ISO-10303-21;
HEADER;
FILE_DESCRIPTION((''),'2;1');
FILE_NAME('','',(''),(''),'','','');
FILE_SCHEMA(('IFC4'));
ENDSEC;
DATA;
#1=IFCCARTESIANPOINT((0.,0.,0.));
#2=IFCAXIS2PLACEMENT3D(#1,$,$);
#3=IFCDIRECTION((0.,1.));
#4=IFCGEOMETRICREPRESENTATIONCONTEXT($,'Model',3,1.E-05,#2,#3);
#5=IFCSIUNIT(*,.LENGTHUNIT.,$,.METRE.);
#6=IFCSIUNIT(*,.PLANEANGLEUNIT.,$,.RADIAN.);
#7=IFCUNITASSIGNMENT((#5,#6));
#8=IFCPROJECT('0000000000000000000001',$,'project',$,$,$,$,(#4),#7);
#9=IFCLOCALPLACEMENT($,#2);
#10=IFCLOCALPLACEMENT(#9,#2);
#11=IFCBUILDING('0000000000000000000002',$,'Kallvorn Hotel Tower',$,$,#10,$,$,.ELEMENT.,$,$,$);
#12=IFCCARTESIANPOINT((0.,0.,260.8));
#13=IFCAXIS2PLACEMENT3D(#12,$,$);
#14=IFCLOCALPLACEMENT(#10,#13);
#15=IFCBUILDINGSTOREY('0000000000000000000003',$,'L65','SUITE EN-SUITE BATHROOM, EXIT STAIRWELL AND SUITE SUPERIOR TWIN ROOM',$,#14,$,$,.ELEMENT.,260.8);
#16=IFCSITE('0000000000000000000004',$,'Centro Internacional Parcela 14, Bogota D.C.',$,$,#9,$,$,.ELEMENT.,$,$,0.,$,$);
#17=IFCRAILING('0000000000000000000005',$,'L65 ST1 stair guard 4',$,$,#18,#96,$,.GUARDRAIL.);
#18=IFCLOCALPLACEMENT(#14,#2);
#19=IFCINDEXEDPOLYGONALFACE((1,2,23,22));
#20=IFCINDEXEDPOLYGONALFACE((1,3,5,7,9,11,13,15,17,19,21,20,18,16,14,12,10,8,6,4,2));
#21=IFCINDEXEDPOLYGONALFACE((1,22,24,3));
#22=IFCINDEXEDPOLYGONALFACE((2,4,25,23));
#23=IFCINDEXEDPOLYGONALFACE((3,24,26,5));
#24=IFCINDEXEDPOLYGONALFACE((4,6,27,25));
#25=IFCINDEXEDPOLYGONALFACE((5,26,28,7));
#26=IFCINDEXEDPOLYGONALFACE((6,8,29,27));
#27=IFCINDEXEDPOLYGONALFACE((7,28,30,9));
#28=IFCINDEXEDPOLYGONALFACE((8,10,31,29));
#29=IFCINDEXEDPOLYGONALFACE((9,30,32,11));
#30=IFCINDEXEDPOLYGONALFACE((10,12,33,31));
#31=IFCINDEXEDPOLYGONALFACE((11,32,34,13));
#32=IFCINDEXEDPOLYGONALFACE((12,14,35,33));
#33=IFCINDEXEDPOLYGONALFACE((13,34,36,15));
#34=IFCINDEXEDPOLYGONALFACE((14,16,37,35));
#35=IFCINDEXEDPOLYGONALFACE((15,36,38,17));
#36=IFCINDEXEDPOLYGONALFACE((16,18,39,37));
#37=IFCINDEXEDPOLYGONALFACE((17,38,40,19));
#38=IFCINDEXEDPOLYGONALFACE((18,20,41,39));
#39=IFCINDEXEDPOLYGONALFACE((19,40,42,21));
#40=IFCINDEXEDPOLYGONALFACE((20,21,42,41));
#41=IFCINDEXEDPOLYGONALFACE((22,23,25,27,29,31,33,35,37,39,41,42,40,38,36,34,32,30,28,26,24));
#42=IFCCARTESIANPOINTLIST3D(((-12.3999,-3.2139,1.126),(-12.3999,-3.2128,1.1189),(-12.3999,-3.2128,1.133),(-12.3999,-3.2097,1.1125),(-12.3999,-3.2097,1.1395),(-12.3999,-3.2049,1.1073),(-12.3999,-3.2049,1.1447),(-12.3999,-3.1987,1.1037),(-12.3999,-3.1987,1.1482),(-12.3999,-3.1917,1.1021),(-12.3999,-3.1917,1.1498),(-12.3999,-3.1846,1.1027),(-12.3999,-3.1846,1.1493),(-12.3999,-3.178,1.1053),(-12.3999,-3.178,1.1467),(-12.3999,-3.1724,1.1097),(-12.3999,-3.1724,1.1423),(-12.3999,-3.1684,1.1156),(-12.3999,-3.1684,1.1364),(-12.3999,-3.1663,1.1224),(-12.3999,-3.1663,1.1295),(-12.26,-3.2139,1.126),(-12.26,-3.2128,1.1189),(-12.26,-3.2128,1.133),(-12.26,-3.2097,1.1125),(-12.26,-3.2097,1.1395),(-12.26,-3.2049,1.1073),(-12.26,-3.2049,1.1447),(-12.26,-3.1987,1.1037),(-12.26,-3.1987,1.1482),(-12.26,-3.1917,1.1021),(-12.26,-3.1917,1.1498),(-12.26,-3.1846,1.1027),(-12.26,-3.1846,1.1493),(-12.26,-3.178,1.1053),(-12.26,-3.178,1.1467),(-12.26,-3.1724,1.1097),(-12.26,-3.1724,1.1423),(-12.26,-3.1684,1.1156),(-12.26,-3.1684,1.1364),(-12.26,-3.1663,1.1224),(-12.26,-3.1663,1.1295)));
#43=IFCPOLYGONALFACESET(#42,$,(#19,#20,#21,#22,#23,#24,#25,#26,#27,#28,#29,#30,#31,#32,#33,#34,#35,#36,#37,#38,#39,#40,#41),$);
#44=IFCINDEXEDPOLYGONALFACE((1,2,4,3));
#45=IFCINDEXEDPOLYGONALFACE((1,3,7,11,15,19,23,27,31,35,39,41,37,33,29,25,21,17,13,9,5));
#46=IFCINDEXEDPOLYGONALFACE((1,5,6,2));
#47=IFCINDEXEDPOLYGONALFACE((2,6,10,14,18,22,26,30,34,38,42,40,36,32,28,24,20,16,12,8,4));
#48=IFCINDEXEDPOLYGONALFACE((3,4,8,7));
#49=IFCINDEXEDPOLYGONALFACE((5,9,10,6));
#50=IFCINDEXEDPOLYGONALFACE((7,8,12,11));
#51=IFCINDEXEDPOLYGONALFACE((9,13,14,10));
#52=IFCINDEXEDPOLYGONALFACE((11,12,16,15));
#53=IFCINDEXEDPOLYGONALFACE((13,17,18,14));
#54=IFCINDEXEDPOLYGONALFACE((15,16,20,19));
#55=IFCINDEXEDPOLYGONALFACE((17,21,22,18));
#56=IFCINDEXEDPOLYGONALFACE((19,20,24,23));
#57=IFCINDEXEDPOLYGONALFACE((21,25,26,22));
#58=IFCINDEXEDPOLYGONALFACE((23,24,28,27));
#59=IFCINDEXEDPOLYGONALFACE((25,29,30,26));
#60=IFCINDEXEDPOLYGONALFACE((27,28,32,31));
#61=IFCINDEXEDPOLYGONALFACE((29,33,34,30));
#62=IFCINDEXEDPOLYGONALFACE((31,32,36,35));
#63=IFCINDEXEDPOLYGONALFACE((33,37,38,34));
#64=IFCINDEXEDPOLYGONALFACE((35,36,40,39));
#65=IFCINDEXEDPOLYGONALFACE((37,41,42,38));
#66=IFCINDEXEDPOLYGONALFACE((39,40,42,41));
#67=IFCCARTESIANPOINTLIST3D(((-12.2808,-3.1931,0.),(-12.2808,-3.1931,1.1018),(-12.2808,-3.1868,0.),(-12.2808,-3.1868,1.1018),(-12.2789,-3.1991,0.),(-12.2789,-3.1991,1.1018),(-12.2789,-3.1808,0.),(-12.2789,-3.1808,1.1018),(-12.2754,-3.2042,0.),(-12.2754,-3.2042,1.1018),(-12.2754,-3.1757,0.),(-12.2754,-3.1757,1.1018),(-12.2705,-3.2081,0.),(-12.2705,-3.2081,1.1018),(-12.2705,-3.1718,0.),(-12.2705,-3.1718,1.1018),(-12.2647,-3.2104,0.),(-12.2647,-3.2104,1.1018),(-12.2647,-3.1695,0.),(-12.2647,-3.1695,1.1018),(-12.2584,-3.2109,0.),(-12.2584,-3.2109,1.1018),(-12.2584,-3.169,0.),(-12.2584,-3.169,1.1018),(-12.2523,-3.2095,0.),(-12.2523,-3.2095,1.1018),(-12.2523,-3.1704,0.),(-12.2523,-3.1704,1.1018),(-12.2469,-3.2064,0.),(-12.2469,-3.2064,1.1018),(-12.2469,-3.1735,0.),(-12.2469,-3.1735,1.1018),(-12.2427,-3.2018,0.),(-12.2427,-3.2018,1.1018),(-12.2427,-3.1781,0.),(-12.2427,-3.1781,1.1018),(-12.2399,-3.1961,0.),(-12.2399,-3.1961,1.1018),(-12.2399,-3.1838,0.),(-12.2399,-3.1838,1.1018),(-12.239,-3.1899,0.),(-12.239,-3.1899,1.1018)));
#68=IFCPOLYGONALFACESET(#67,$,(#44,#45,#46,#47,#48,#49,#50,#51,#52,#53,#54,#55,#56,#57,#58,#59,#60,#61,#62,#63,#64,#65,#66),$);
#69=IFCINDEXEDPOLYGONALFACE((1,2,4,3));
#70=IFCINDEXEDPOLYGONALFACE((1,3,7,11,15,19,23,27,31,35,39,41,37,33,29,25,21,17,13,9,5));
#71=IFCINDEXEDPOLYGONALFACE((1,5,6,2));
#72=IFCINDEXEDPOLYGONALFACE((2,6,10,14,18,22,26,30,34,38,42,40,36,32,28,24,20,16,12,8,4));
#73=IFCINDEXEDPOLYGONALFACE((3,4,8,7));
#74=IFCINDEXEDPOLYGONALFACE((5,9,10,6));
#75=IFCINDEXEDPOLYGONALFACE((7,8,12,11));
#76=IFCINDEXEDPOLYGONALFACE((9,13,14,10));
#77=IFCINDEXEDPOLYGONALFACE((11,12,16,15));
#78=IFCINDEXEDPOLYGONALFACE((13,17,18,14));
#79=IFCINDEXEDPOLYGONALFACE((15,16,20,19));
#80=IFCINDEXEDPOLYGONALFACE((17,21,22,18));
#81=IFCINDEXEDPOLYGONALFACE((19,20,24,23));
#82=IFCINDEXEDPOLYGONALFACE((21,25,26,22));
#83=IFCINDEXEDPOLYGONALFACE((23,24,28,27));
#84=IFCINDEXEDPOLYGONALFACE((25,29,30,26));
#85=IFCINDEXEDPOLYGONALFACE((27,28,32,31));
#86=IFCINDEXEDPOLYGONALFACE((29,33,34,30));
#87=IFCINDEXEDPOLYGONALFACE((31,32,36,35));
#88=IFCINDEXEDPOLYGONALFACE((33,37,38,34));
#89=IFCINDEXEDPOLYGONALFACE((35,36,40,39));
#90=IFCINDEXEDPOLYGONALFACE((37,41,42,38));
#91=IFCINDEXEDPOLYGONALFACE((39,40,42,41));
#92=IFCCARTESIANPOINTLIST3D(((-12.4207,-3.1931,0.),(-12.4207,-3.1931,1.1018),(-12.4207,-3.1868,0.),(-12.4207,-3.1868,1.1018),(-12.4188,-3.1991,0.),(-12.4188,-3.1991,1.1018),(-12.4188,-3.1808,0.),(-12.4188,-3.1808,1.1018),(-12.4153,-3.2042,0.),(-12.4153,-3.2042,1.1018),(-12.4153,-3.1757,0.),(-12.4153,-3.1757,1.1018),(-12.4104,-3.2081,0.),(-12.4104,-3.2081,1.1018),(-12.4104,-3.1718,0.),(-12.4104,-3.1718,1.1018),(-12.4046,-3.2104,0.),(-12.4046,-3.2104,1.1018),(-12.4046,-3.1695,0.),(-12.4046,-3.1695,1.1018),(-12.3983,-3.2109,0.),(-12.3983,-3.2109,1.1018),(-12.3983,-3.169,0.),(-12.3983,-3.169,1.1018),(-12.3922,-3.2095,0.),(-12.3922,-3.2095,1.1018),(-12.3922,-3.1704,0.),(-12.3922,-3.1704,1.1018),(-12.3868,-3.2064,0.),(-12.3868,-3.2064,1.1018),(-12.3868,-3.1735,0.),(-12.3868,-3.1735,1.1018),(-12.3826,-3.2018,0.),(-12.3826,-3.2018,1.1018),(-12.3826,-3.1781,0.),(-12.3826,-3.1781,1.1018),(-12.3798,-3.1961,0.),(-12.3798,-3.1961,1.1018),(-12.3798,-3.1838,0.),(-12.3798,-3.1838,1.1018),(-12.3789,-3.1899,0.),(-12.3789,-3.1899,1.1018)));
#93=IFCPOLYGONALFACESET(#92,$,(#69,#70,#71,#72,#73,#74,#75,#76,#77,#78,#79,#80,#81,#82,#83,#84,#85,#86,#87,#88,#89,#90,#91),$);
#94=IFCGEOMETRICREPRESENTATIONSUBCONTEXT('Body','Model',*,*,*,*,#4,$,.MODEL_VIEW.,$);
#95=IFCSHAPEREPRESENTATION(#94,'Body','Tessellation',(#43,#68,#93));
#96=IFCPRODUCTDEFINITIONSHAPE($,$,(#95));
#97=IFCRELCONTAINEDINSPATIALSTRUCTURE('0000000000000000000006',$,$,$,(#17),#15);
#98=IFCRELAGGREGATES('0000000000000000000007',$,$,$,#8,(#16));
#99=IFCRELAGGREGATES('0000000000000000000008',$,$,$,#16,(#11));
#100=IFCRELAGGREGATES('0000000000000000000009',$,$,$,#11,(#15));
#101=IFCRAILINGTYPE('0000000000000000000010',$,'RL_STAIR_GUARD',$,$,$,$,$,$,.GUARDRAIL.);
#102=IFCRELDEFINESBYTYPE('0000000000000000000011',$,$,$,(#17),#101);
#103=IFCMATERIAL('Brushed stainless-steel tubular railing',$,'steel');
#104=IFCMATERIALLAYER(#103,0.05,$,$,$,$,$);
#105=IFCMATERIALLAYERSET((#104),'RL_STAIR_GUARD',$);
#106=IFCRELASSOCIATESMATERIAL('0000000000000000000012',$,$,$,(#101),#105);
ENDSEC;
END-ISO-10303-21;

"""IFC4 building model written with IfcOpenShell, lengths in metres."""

from ifc_helpers import new_model, si_unit, direction, frame, origin, origin_2d, place, context, subcontext, project, spatial, circle, extrude, material, layer, layer_set, type_object, element, save


model = new_model("IFC4")

# Units and contexts
model_context = context("Model", 3, precision=1e-05, world=origin(), true_north=direction((0.0, 1.0)))
body_context = subcontext(model_context, "Body", "Model", "MODEL_VIEW")
ifc_project = project(units=[si_unit("LENGTHUNIT", "METRE"), si_unit("PLANEANGLEUNIT", "RADIAN")], contexts=[model_context])

# Site, building, storey
site_placement = place(None, origin())
site = spatial("IfcSite", under=ifc_project, at=site_placement, Name="Centro Internacional Parcela 14, Bogota D.C.", CompositionType="ELEMENT", RefElevation=0.0)
building_placement = place(site_placement, origin())
building = spatial("IfcBuilding", under=site, at=building_placement, Name="Kallvorn Hotel Tower", CompositionType="ELEMENT")
storey_placement = place(building_placement, frame((0.0, 0.0, 260.8)))
storey = spatial("IfcBuildingStorey", under=building, at=storey_placement, Name="L65", Description="SUITE EN-SUITE BATHROOM, EXIT STAIRWELL AND SUITE SUPERIOR TWIN ROOM", CompositionType="ELEMENT", Elevation=260.8)

# Railing
ifc_material_1 = material(Name="Brushed stainless-steel tubular railing", Category="steel")
ifc_layer_1 = layer(ifc_material_1, 0.05)
ifc_layer_set_1 = layer_set([ifc_layer_1], Name="RL_STAIR_GUARD")
railing_type_1 = type_object("IfcRailingType", Name="RL_STAIR_GUARD", PredefinedType="GUARDRAIL", material=ifc_layer_set_1)
railing_1_placement = place(storey_placement, frame((-12.26, -3.1899, 0.0)))
element("IfcRailing", 1, at=railing_1_placement, inside=storey, type_object=railing_type_1, Name="L65 ST1 stair guard 4", PredefinedType="GUARDRAIL", context=body_context, shape_type="SweptSolid", body=[
    extrude(circle(Radius=0.0239, at=origin_2d()), frame((0.0, 0.0, 1.126), z_axis=(-1.0, 0.0, 0.0), x_axis=(0.0, -1.0, 0.0)), (0.0, 0.0, 1.0), 0.1399),
    extrude(circle(Radius=0.021, at=origin_2d()), origin(), (0.0, 0.0, 1.0), 1.1018),
    extrude(circle(Radius=0.021, at=origin_2d()), frame((-0.1399, 0.0, 0.0)), (0.0, 0.0, 1.0), 1.1018),
])

save(model, "model.ifc")
